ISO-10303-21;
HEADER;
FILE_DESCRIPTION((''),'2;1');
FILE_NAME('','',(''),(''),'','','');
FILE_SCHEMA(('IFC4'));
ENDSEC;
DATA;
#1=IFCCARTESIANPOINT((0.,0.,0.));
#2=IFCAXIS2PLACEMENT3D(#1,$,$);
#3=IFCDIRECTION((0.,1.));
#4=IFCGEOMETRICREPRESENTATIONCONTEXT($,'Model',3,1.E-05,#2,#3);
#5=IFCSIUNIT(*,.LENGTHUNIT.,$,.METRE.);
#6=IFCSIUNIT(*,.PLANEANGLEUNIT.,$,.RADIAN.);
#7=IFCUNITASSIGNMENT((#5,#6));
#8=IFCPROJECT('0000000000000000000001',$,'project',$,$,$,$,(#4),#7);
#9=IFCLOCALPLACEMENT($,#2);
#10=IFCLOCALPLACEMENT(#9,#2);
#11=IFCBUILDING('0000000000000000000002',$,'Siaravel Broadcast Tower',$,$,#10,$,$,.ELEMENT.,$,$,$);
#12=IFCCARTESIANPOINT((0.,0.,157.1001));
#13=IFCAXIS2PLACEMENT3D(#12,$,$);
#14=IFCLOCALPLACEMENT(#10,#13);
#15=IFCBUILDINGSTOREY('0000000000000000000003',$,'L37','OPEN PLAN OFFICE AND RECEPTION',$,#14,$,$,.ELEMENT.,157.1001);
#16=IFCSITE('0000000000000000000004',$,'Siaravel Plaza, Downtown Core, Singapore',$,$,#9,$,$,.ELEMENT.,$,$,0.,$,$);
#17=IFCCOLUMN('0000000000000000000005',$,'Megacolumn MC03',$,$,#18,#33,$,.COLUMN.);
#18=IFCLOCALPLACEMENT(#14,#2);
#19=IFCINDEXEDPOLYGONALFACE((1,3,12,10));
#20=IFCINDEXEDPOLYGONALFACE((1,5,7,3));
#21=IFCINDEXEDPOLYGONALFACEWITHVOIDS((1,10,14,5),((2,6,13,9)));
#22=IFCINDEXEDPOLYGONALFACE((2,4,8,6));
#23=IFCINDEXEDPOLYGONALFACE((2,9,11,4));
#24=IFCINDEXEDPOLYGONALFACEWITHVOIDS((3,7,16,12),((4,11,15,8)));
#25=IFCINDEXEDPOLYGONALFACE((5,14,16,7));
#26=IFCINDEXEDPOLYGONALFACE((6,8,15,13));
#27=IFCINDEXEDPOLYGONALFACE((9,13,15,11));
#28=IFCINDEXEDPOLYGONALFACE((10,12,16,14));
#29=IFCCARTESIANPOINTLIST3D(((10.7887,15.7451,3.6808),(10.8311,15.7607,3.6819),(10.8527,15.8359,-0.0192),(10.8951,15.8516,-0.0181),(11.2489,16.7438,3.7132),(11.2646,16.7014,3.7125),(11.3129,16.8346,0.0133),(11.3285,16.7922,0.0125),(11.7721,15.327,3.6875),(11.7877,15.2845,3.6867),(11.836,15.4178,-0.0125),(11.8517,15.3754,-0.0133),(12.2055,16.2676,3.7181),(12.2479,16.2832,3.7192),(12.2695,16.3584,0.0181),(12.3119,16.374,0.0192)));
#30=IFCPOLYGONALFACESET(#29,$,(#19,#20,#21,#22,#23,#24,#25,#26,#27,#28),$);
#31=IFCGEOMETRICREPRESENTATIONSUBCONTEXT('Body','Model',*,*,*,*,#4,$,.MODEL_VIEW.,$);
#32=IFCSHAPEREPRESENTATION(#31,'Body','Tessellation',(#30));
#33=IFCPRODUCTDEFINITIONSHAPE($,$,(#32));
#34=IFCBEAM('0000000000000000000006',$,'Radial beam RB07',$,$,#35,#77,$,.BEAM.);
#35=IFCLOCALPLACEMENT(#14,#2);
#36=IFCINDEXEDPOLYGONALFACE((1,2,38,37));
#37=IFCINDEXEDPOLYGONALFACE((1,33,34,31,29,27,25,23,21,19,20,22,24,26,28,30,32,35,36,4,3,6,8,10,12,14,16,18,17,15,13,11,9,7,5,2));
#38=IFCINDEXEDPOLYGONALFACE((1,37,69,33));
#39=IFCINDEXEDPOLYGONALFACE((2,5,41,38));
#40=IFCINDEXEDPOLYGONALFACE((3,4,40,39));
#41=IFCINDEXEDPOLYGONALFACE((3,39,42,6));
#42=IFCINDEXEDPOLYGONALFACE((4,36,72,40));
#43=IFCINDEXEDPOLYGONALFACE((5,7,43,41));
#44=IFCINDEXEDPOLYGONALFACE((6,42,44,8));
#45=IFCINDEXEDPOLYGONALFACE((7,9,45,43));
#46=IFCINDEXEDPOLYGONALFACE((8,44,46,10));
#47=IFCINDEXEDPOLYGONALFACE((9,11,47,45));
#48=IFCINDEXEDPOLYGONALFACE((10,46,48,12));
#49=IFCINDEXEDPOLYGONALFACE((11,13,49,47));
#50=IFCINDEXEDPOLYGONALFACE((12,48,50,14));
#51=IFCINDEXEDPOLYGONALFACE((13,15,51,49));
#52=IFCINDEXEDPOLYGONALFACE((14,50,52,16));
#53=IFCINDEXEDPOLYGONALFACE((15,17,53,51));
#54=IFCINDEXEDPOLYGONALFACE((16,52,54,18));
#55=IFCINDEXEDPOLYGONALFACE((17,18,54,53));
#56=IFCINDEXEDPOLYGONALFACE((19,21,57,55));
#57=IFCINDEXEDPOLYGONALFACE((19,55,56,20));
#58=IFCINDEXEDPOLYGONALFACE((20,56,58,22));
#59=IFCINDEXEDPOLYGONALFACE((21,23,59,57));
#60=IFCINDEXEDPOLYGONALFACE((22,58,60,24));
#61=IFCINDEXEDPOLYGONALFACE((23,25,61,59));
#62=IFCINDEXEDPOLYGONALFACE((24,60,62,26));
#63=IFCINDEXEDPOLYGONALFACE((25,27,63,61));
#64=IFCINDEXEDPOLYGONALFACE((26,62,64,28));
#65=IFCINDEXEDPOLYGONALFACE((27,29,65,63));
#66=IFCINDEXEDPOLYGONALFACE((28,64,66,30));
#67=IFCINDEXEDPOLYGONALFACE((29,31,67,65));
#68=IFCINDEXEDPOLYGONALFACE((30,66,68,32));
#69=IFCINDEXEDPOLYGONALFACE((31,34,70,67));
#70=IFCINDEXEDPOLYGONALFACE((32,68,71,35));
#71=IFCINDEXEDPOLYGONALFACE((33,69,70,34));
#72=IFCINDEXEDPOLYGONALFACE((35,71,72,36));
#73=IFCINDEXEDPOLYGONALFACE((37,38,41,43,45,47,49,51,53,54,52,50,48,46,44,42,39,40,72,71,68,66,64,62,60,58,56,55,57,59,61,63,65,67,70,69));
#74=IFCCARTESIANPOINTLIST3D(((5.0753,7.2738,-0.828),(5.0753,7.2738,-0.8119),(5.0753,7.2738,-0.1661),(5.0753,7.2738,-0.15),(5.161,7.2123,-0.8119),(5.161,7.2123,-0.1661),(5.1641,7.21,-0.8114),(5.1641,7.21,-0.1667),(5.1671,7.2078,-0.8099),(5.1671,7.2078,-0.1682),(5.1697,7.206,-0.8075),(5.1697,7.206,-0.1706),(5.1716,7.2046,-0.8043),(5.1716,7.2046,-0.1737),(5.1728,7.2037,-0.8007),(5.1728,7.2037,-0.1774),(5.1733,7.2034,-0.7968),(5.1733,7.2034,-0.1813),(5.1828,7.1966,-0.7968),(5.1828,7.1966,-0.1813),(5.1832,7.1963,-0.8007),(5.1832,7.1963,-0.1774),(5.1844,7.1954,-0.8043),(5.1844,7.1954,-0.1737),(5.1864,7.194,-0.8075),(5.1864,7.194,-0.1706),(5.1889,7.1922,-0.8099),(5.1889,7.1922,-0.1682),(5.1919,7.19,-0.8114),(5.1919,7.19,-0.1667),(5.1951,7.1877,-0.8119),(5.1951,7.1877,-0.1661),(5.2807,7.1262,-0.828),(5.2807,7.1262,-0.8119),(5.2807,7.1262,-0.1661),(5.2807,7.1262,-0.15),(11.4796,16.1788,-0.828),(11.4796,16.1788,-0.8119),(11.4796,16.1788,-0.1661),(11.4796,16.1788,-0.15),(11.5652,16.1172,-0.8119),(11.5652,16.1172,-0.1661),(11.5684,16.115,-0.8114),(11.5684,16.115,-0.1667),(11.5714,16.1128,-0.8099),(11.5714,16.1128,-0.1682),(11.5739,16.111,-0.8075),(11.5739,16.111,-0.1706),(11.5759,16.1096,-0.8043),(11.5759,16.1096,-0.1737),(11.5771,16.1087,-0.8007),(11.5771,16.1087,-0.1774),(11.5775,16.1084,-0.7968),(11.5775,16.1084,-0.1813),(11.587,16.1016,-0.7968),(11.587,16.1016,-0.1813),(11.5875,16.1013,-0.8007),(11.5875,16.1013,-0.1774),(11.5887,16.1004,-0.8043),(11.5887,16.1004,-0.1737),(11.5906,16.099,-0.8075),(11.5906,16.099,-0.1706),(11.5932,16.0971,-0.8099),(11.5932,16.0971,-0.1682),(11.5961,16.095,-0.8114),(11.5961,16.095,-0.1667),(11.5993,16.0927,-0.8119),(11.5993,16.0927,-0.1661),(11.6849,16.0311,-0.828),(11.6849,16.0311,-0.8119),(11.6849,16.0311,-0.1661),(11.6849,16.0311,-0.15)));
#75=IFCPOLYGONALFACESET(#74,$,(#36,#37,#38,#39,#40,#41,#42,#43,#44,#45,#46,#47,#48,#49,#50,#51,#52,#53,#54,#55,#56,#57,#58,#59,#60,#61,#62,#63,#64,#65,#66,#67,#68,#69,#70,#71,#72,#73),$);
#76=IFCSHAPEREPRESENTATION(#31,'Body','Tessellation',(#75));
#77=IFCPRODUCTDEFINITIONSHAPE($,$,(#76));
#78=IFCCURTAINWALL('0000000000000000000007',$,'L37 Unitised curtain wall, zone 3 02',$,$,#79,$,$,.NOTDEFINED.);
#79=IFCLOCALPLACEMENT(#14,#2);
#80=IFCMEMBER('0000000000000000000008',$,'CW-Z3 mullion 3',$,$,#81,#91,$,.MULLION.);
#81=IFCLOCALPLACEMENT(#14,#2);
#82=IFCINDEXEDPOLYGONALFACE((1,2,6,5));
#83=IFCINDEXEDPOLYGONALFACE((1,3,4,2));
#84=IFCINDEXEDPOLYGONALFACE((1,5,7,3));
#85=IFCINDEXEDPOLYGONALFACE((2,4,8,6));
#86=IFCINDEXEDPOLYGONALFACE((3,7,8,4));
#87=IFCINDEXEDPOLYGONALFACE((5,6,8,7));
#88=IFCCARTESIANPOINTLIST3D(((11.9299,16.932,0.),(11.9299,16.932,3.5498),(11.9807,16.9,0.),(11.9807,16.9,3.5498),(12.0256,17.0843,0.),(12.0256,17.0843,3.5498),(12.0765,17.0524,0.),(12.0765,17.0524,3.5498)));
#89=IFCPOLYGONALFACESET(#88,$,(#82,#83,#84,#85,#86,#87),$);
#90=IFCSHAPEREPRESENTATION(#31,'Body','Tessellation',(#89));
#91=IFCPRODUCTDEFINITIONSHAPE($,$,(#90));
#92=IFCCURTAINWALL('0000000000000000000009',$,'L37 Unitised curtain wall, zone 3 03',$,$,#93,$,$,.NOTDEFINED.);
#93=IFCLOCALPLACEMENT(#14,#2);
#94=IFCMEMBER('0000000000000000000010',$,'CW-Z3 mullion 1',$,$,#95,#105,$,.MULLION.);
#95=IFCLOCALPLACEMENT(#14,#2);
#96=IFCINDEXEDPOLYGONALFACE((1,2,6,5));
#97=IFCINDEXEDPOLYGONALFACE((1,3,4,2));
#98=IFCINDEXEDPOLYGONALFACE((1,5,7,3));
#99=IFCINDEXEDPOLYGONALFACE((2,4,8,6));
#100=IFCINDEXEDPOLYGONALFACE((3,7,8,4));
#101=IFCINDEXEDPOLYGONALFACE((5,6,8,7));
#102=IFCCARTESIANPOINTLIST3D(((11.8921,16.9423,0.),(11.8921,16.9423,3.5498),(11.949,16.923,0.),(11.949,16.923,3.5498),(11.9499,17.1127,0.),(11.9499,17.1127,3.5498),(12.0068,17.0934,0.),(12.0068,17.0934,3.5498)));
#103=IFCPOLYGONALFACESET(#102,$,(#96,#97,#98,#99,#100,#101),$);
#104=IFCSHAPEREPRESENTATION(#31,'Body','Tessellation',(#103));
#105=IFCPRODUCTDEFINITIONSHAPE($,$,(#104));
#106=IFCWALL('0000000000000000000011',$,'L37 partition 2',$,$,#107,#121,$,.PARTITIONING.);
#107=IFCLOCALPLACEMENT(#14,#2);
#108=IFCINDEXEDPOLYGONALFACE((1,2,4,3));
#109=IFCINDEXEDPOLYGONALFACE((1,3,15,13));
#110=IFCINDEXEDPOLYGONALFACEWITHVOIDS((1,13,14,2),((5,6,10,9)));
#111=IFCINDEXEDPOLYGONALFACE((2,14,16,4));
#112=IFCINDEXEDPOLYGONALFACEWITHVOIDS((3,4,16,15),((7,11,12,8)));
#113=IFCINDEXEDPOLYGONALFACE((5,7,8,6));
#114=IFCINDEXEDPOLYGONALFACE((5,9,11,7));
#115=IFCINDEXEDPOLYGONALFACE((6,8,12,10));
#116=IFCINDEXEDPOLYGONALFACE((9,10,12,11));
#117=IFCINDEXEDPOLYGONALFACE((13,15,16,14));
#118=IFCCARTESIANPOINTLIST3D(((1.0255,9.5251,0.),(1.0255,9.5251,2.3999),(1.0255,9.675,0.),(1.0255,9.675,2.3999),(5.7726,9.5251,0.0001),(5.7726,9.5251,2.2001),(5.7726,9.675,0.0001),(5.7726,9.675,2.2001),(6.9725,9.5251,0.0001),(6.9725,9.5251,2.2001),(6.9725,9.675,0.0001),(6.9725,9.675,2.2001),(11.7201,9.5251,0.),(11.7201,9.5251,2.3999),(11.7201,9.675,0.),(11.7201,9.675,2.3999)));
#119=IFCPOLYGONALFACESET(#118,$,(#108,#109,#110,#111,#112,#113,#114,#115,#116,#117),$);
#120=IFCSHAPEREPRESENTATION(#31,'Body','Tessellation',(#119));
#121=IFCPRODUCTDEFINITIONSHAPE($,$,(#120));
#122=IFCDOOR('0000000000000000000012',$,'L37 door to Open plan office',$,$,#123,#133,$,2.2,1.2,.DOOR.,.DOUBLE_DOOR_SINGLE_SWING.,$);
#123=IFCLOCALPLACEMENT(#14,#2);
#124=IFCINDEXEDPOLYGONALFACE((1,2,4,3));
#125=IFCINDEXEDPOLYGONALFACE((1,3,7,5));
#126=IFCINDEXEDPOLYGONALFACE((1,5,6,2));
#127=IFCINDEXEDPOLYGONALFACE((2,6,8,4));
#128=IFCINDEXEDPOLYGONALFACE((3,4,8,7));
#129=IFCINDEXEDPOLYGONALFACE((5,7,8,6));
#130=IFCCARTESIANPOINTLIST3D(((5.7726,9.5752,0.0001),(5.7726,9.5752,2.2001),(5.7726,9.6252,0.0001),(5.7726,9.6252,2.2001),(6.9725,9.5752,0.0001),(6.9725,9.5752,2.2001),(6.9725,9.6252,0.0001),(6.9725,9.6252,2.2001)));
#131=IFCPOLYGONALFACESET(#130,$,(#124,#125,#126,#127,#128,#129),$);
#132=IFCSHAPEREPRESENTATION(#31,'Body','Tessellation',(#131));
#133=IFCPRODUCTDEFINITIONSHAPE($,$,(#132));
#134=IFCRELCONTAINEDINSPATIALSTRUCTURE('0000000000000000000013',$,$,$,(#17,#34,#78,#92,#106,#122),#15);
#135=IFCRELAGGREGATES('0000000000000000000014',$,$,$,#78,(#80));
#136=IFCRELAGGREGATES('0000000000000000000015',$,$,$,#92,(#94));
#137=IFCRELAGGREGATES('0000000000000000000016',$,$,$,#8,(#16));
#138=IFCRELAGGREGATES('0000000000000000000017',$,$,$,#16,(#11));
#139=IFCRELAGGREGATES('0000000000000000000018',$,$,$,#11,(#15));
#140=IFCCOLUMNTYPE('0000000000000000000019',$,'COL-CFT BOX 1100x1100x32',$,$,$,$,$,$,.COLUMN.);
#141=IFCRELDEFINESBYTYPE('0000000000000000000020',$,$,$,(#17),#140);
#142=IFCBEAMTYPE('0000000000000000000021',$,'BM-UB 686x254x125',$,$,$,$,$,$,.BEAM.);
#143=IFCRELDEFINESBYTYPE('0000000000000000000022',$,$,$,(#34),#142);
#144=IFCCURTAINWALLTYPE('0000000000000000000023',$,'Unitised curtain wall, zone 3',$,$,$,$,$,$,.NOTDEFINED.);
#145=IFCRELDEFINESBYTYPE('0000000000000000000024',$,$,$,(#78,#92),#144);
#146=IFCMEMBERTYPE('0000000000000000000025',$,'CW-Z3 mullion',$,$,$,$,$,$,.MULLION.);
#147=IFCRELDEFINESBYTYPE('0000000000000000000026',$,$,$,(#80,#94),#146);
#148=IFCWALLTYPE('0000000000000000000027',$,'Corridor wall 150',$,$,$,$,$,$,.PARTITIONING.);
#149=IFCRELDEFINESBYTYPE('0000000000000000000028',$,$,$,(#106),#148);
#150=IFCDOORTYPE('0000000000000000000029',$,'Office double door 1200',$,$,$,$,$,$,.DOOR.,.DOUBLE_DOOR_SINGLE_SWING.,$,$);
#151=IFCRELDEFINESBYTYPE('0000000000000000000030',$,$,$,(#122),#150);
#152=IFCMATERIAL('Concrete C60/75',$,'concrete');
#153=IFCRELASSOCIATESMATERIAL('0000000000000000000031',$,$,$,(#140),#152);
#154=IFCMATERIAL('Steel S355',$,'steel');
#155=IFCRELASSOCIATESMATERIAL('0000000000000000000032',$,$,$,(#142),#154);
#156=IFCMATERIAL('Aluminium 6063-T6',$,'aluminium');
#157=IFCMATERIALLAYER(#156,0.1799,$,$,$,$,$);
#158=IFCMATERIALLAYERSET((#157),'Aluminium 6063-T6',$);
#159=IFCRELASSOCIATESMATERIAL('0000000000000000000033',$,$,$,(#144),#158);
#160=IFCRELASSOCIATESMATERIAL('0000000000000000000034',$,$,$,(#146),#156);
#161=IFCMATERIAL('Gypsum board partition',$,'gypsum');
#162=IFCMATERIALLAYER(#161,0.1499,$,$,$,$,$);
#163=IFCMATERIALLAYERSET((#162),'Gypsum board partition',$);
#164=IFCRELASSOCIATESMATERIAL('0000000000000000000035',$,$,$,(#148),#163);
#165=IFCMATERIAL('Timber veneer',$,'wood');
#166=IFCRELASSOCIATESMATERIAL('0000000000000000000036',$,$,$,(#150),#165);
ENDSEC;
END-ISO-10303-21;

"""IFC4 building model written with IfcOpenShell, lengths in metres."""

from ifc_helpers import new_model, si_unit, direction, frame, frame_2d, origin, origin_2d, place, context, subcontext, project, spatial, rectangle, hollow_rectangle, i_section, extrude, material, layer, layer_set, material_profile, profile_set, type_object, element, fill, aggregate, save


model = new_model("IFC4")

# Units and contexts
model_context = context("Model", 3, precision=1e-05, world=origin(), true_north=direction((0.0, 1.0)))
body_context = subcontext(model_context, "Body", "Model", "MODEL_VIEW")
ifc_project = project(units=[si_unit("LENGTHUNIT", "METRE"), si_unit("PLANEANGLEUNIT", "RADIAN")], contexts=[model_context])

# Site, building, storey
site_placement = place(None, origin())
site = spatial("IfcSite", under=ifc_project, at=site_placement, Name="Siaravel Plaza, Downtown Core, Singapore", CompositionType="ELEMENT", RefElevation=0.0)
building_placement = place(site_placement, origin())
building = spatial("IfcBuilding", under=site, at=building_placement, Name="Siaravel Broadcast Tower", CompositionType="ELEMENT")
storey_placement = place(building_placement, frame((0.0, 0.0, 157.1001)))
storey = spatial("IfcBuildingStorey", under=building, at=storey_placement, Name="L37", Description="OPEN PLAN OFFICE AND RECEPTION", CompositionType="ELEMENT", Elevation=157.1001)

# Column
ifc_material_1 = material(Name="Concrete C60/75", Category="concrete")
ifc_material_profile_1 = material_profile(ifc_material_1, hollow_rectangle(XDim=1.1001, YDim=1.1001, WallThickness=0.032, at=origin_2d()))
ifc_profile_set_1 = profile_set([ifc_material_profile_1], Name="Concrete C60/75")
column_type = type_object("IfcColumnType", Name="COL-CFT BOX 1100x1100x32", PredefinedType="COLUMN", material=ifc_profile_set_1)
column_placement = place(storey_placement, frame((11.5823, 16.105, 0.0), z_axis=(-0.01728, -0.024535, 0.99955), x_axis=(0.908132, -0.418648, 0.005424)))
element("IfcColumn", 1, at=column_placement, inside=storey, type_object=column_type, Name="Megacolumn MC03", PredefinedType="COLUMN", context=body_context, shape_type="SweptSolid", body=[
    extrude(hollow_rectangle(XDim=1.1001, YDim=1.1001, WallThickness=0.032, at=origin_2d()), origin(), (0.0, 0.0, 1.0), 3.7017),
])

# Beam
ifc_material_2 = material(Name="Steel S355", Category="steel")
ifc_material_profile_2 = material_profile(ifc_material_2, i_section(OverallWidth=0.2529, OverallDepth=0.678, WebThickness=0.0117, FlangeThickness=0.0161, FilletRadius=0.0151, at=origin_2d()))
ifc_profile_set_2 = profile_set([ifc_material_profile_2], Name="Steel S355")
beam_type = type_object("IfcBeamType", Name="BM-UB 686x254x125", PredefinedType="BEAM", material=ifc_profile_set_2)
beam_placement = place(storey_placement, frame((11.5823, 16.105, -0.489), z_axis=(-0.583865, -0.811851, 0.0), x_axis=(0.811851, -0.583865, 0.0)))
element("IfcBeam", 2, at=beam_placement, inside=storey, type_object=beam_type, Name="Radial beam RB07", PredefinedType="BEAM", context=body_context, shape_type="SweptSolid", body=[
    extrude(i_section(OverallWidth=0.2529, OverallDepth=0.678, WebThickness=0.0117, FlangeThickness=0.0161, FilletRadius=0.0151, at=origin_2d()), origin(), (0.0, 0.0, 1.0), 10.9688),
])

# Curtain walls, members
ifc_material_3 = material(Name="Aluminium 6063-T6", Category="aluminium")
ifc_layer_1 = layer(ifc_material_3, 0.1799)
ifc_layer_set_1 = layer_set([ifc_layer_1], Name="Aluminium 6063-T6")
curtain_wall_type = type_object("IfcCurtainWallType", Name="Unitised curtain wall, zone 3", PredefinedType="NOTDEFINED", material=ifc_layer_set_1)
curtain_wall_1_placement = place(storey_placement, origin())
curtain_wall_1 = element("IfcCurtainWall", 3, at=curtain_wall_1_placement, inside=storey, type_object=curtain_wall_type, Name="L37 Unitised curtain wall, zone 3 02", PredefinedType="NOTDEFINED")
ifc_material_profile_3 = material_profile(ifc_material_3, rectangle(XDim=0.1799, YDim=0.0601, at=origin_2d()))
ifc_profile_set_3 = profile_set([ifc_material_profile_3], Name="Aluminium 6063-T6")
member_type = type_object("IfcMemberType", Name="CW-Z3 mullion", PredefinedType="MULLION", material=ifc_profile_set_3)
member_1_placement = place(storey_placement, frame((12.0032, 16.9922, 0.0), z_axis=(0.0, 0.0, 1.0), x_axis=(-0.53215, -0.84665, 0.0)))
member_1 = element("IfcMember", 4, at=member_1_placement, type_object=member_type, Name="CW-Z3 mullion 3", PredefinedType="MULLION", context=body_context, shape_type="SweptSolid", body=[
    extrude(rectangle(XDim=0.1799, YDim=0.0601, at=origin_2d()), origin(), (0.0, 0.0, 1.0), 3.5498),
])
aggregate(curtain_wall_1, [member_1])
curtain_wall_2_placement = place(storey_placement, origin())
curtain_wall_2 = element("IfcCurtainWall", 5, at=curtain_wall_2_placement, inside=storey, type_object=curtain_wall_type, Name="L37 Unitised curtain wall, zone 3 03", PredefinedType="NOTDEFINED")
member_2_placement = place(storey_placement, frame((11.9495, 17.0178, 0.0), z_axis=(0.0, 0.0, 1.0), x_axis=(-0.321301, -0.946977, 0.0)))
member_2 = element("IfcMember", 6, at=member_2_placement, type_object=member_type, Name="CW-Z3 mullion 1", PredefinedType="MULLION", context=body_context, shape_type="SweptSolid", body=[
    extrude(rectangle(XDim=0.1799, YDim=0.0601, at=origin_2d()), origin(), (0.0, 0.0, 1.0), 3.5498),
])
aggregate(curtain_wall_2, [member_2])

# Wall, opening, door
ifc_material_4 = material(Name="Gypsum board partition", Category="gypsum")
ifc_layer_2 = layer(ifc_material_4, 0.1499)
ifc_layer_set_2 = layer_set([ifc_layer_2], Name="Gypsum board partition")
wall_type_1 = type_object("IfcWallType", Name="Corridor wall 150", PredefinedType="PARTITIONING", material=ifc_layer_set_2)
wall_1_placement = place(storey_placement, frame((11.72, 9.6001, 0.0), z_axis=(0.0, 0.0, 1.0), x_axis=(-1.0, 0.0, 0.0)))
wall_1 = element("IfcWall", 7, at=wall_1_placement, inside=storey, type_object=wall_type_1, Name="L37 partition 2", PredefinedType="PARTITIONING", context=body_context, shape_type="SweptSolid", body=[
    extrude(rectangle(XDim=10.6946, YDim=0.1499, at=frame_2d((5.3472, 0.0))), origin(), (0.0, 0.0, 1.0), 2.3999),
])
opening_1_placement = place(wall_1_placement, frame((4.7473, 0.0, 0.0)))
opening_1 = element("IfcOpeningElement", 8, at=opening_1_placement, cuts=wall_1, PredefinedType="OPENING", context=body_context, shape_type="SweptSolid", body=[
    extrude(rectangle(XDim=1.2, YDim=2.2, at=frame_2d((0.6001, 1.1001))), frame((0.0, 0.085, 0.0), z_axis=(0.0, -1.0, 0.0), x_axis=(1.0, 0.0, 0.0)), (0.0, 0.0, 1.0), 0.1699),
])
ifc_material_5 = material(Name="Timber veneer", Category="wood")
door_type_1 = type_object("IfcDoorType", Name="Office double door 1200", OperationType="DOUBLE_DOOR_SINGLE_SWING", PredefinedType="DOOR", material=ifc_material_5)
door_1_placement = place(opening_1_placement, origin())
door_1 = element("IfcDoor", 9, at=door_1_placement, inside=storey, type_object=door_type_1, Name="L37 door to Open plan office", OperationType="DOUBLE_DOOR_SINGLE_SWING", OverallHeight=2.2, OverallWidth=1.2, PredefinedType="DOOR", context=body_context, shape_type="SweptSolid", body=[
    extrude(rectangle(XDim=1.2, YDim=2.2, at=frame_2d((0.6001, 1.1001))), frame((0.0, 0.0249, 0.0), z_axis=(0.0, -1.0, 0.0), x_axis=(1.0, 0.0, 0.0)), (0.0, 0.0, 1.0), 0.05),
])
fill(opening_1, door_1)

save(model, "model.ifc")
